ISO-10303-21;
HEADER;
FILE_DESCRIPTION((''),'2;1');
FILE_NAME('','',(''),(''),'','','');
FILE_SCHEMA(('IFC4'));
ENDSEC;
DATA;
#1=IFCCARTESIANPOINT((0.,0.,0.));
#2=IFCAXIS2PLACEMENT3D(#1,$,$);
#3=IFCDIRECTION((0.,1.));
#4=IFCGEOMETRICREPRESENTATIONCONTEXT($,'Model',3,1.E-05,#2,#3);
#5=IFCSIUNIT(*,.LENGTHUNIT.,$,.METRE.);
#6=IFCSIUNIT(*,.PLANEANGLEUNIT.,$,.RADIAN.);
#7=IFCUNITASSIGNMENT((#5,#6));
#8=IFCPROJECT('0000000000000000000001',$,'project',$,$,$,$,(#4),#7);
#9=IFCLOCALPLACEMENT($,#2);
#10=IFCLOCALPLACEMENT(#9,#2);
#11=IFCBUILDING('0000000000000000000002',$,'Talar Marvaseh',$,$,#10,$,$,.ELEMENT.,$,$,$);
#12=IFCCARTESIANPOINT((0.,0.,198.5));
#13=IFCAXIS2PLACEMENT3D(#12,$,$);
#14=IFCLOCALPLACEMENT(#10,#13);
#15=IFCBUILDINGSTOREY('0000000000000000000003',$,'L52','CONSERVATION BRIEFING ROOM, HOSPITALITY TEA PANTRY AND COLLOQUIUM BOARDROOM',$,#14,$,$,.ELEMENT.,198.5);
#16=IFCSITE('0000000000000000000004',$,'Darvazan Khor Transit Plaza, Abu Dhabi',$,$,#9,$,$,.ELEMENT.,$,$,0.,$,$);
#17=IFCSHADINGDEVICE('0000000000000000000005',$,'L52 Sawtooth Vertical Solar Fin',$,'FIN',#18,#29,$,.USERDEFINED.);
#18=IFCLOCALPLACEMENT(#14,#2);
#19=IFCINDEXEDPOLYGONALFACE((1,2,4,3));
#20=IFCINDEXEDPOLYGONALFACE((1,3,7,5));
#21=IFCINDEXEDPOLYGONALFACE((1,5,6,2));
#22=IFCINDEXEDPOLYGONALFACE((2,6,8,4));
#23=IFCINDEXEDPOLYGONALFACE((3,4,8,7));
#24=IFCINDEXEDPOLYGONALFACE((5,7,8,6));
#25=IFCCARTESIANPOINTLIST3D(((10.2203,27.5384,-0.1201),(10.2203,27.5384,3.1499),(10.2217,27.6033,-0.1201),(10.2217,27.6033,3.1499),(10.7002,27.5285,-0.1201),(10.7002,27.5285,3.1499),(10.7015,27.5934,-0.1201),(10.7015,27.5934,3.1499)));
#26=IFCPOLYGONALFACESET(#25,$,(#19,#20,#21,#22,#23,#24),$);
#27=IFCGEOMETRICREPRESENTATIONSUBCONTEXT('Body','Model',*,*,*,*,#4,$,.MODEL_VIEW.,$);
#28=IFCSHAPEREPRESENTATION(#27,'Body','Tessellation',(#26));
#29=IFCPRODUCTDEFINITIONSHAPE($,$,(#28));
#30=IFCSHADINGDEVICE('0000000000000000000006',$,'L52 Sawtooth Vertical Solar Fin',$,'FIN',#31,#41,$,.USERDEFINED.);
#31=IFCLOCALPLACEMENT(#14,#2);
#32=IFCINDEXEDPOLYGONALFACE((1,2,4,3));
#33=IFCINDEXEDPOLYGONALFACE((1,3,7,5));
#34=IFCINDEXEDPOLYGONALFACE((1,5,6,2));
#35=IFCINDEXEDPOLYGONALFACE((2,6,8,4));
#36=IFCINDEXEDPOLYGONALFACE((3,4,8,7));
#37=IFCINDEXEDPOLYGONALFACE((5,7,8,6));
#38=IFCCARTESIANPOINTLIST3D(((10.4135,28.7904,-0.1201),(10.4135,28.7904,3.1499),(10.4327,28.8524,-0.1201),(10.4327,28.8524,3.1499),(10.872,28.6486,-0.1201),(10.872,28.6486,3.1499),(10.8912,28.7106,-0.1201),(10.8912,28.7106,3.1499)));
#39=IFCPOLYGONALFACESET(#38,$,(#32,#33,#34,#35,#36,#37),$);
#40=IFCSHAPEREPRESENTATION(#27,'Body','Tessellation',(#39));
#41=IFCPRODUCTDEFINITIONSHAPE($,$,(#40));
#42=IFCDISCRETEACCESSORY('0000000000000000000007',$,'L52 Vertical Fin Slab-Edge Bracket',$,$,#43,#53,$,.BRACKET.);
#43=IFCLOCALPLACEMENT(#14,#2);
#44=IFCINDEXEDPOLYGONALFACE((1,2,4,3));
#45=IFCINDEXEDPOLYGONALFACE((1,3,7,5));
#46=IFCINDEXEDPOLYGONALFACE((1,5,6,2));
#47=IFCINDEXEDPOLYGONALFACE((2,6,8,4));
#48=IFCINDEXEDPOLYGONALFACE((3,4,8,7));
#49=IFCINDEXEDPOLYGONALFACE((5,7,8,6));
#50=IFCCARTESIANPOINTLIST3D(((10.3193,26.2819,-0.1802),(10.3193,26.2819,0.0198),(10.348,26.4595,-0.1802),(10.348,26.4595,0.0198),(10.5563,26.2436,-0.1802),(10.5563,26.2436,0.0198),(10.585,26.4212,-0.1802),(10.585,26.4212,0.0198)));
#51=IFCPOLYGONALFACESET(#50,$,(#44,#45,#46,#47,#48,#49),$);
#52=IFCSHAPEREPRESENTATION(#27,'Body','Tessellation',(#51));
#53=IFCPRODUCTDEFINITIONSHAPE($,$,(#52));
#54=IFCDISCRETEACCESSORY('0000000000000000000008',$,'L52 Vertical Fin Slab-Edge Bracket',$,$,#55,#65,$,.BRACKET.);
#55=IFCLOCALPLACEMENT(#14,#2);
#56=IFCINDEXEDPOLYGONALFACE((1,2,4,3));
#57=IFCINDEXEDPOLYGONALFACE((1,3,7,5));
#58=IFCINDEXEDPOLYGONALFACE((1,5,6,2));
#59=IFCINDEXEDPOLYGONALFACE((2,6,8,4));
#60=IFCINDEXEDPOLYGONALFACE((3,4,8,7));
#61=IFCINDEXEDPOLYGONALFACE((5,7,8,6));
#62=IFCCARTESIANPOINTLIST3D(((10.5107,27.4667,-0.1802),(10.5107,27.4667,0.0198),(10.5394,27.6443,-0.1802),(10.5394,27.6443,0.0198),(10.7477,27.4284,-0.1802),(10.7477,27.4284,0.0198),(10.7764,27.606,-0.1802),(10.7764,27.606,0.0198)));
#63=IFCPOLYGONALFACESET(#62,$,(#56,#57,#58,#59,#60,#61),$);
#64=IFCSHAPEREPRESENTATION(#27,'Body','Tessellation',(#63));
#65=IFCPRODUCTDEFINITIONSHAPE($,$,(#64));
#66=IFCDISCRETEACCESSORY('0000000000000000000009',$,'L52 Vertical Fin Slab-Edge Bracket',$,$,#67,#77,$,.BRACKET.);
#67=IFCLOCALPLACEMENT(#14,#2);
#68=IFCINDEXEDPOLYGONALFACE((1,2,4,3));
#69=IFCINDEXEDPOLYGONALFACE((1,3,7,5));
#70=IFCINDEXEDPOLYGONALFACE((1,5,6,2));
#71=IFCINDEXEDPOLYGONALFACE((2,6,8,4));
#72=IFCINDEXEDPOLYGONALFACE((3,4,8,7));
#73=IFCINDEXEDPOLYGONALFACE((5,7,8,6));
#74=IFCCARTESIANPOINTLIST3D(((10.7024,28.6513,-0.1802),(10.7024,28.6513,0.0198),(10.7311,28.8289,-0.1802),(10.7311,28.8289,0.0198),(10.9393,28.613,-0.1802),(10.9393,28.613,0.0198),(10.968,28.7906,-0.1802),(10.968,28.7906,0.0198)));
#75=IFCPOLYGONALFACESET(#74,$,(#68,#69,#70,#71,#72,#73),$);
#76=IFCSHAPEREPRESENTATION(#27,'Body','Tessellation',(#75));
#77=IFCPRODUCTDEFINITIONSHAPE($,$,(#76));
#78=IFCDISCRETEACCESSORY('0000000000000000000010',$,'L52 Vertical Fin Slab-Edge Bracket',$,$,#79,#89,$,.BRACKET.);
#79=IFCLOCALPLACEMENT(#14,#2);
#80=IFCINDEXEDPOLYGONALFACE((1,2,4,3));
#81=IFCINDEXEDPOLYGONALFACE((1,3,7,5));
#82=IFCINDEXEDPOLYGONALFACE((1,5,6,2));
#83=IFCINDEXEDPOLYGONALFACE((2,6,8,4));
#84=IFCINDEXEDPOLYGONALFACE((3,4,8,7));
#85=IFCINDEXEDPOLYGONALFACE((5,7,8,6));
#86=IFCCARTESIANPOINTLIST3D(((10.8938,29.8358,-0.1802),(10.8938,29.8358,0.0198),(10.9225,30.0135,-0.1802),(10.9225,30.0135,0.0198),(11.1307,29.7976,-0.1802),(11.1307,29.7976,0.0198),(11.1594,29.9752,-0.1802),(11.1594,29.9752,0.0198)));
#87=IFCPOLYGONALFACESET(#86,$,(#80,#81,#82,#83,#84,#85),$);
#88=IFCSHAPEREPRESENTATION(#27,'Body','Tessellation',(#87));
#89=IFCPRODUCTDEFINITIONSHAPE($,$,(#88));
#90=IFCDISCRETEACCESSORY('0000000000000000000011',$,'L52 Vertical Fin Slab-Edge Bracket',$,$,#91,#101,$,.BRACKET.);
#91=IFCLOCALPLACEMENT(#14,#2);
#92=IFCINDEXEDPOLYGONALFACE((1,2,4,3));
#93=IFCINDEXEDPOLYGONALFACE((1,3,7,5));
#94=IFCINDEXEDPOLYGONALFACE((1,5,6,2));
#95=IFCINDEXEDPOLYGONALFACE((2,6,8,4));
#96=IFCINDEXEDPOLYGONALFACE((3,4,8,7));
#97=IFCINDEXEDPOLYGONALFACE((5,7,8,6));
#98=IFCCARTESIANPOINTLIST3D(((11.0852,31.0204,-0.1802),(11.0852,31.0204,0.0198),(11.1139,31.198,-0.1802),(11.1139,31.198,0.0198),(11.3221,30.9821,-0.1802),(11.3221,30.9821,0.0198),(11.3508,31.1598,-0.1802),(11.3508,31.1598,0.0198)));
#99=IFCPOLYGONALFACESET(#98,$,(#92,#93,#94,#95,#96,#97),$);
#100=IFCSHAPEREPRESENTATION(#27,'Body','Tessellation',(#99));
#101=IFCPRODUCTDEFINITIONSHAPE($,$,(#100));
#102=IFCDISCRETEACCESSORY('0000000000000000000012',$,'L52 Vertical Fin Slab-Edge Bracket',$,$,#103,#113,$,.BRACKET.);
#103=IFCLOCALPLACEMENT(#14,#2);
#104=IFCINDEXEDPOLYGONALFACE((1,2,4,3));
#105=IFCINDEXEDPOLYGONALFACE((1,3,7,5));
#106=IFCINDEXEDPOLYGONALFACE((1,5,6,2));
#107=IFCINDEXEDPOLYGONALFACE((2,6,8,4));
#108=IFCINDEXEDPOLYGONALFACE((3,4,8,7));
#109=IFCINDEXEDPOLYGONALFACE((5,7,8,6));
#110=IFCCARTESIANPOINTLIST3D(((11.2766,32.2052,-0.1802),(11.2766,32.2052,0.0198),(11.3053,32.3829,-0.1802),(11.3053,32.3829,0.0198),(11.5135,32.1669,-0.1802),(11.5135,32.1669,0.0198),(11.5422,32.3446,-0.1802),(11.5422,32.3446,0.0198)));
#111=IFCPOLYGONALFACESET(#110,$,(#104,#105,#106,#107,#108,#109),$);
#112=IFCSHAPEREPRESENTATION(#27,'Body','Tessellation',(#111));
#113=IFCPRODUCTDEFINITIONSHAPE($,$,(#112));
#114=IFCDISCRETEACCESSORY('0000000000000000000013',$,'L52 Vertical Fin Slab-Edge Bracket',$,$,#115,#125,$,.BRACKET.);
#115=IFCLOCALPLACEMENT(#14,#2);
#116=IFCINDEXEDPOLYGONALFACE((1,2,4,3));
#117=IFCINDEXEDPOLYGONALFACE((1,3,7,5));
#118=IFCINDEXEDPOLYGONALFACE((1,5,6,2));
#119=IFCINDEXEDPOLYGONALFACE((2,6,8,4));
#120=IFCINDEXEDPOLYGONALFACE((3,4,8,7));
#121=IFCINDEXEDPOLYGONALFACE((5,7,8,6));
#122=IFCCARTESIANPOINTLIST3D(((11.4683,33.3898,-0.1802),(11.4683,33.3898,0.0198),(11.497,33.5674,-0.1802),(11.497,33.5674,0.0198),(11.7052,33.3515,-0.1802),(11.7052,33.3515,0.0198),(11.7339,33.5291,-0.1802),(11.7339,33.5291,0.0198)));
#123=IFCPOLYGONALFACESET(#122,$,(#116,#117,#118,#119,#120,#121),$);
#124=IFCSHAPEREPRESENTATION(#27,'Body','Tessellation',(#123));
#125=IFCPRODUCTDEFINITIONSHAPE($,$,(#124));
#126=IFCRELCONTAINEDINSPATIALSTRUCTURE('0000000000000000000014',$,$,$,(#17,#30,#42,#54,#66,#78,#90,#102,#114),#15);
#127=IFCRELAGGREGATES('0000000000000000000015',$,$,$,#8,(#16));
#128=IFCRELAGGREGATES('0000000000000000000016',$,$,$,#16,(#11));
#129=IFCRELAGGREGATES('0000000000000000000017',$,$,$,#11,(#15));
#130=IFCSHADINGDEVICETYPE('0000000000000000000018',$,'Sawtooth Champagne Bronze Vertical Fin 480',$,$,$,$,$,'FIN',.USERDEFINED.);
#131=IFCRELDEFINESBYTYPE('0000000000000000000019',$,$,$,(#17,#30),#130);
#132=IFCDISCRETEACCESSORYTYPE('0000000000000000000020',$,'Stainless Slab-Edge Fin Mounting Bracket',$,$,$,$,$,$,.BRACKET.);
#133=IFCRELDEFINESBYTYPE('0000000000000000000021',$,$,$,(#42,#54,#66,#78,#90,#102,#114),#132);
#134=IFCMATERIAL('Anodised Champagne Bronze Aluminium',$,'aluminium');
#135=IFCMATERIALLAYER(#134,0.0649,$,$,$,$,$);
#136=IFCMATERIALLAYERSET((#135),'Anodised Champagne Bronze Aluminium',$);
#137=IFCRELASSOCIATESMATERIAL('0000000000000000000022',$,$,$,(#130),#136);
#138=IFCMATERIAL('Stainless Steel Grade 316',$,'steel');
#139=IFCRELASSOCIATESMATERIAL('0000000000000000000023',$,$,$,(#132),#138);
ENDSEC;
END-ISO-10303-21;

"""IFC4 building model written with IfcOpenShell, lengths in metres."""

from ifc_helpers import new_model, si_unit, direction, frame, origin, origin_2d, place, context, subcontext, project, spatial, rectangle, extrude, source, transform, mapped, material, layer, layer_set, type_object, type_shapes, element, save


model = new_model("IFC4")

# Units and contexts
model_context = context("Model", 3, precision=1e-05, world=origin(), true_north=direction((0.0, 1.0)))
body_context = subcontext(model_context, "Body", "Model", "MODEL_VIEW")
ifc_project = project(units=[si_unit("LENGTHUNIT", "METRE"), si_unit("PLANEANGLEUNIT", "RADIAN")], contexts=[model_context])

# Site, building, storey
site_placement = place(None, origin())
site = spatial("IfcSite", under=ifc_project, at=site_placement, Name="Darvazan Khor Transit Plaza, Abu Dhabi", CompositionType="ELEMENT", RefElevation=0.0)
building_placement = place(site_placement, origin())
building = spatial("IfcBuilding", under=site, at=building_placement, Name="Talar Marvaseh", CompositionType="ELEMENT")
storey_placement = place(building_placement, frame((0.0, 0.0, 198.5)))
storey = spatial("IfcBuildingStorey", under=building, at=storey_placement, Name="L52", Description="CONSERVATION BRIEFING ROOM, HOSPITALITY TEA PANTRY AND COLLOQUIUM BOARDROOM", CompositionType="ELEMENT", Elevation=198.5)

# Shading devices
ifc_material_1 = material(Name="Anodised Champagne Bronze Aluminium", Category="aluminium")
ifc_layer_1 = layer(ifc_material_1, 0.0649)
ifc_layer_set_1 = layer_set([ifc_layer_1], Name="Anodised Champagne Bronze Aluminium")
shading_device_type_1 = type_object("IfcShadingDeviceType", Name="Sawtooth Champagne Bronze Vertical Fin 480", ElementType="FIN", PredefinedType="USERDEFINED", material=ifc_layer_set_1)
shared_shape_1 = source(origin(), body_context, "Body", "SweptSolid", [
    extrude(rectangle(XDim=0.48, YDim=0.0649, at=origin_2d()), origin(), (0.0, 0.0, 1.0), 3.27),
])
type_shapes(shading_device_type_1, [shared_shape_1])
for number, where, z_axis, x_axis, name in (
    (1, (10.4609, 27.5659, -0.1201), (0.0, 0.0, 1.0), (-0.999788, 0.020593, 0.0), "L52 Sawtooth Vertical Solar Fin"),
    (2, (10.6523, 28.7505, -0.1201), (0.0, 0.0, 1.0), (-0.955382, 0.295375, 0.0), "L52 Sawtooth Vertical Solar Fin"),
):
    element("IfcShadingDevice", number, at=place(storey_placement, frame(where, z_axis=z_axis, x_axis=x_axis)), inside=storey, type_object=shading_device_type_1, Name=name, ObjectType="FIN", PredefinedType="USERDEFINED", context=body_context, shape_type="MappedRepresentation", body=[
        mapped(shared_shape_1, transform((0.0, 0.0, 0.0), x_axis=(1.0, 0.0, 0.0), y_axis=(0.0, 1.0, 0.0), z_axis=(0.0, 0.0, 1.0), scale=1.0)),
    ])

# Discrete accessories
ifc_material_2 = material(Name="Stainless Steel Grade 316", Category="steel")
discrete_accessory_type = type_object("IfcDiscreteAccessoryType", Name="Stainless Slab-Edge Fin Mounting Bracket", PredefinedType="BRACKET", material=ifc_material_2)
shared_shape_2 = source(origin(), body_context, "Body", "SweptSolid", [
    extrude(rectangle(XDim=0.24, YDim=0.1799, at=origin_2d()), origin(), (0.0, 0.0, 1.0), 0.2),
])
type_shapes(discrete_accessory_type, [shared_shape_2])
for number, where, z_axis, x_axis, name in (
    (3, (10.4521, 26.3516, -0.1802), (0.0, 0.0, 1.0), (-0.987192, 0.159537, 0.0), "L52 Vertical Fin Slab-Edge Bracket"),
    (4, (10.6436, 27.5364, -0.1802), (0.0, 0.0, 1.0), (-0.987192, 0.159537, 0.0), "L52 Vertical Fin Slab-Edge Bracket"),
    (5, (10.8352, 28.7209, -0.1802), (0.0, 0.0, 1.0), (-0.987192, 0.159537, 0.0), "L52 Vertical Fin Slab-Edge Bracket"),
    (6, (11.0266, 29.9055, -0.1802), (0.0, 0.0, 1.0), (-0.987192, 0.159537, 0.0), "L52 Vertical Fin Slab-Edge Bracket"),
    (7, (11.218, 31.0901, -0.1802), (0.0, 0.0, 1.0), (-0.987192, 0.159537, 0.0), "L52 Vertical Fin Slab-Edge Bracket"),
    (8, (11.4094, 32.2749, -0.1802), (0.0, 0.0, 1.0), (-0.987192, 0.159537, 0.0), "L52 Vertical Fin Slab-Edge Bracket"),
    (9, (11.6011, 33.4595, -0.1802), (0.0, 0.0, 1.0), (-0.987192, 0.159537, 0.0), "L52 Vertical Fin Slab-Edge Bracket"),
):
    element("IfcDiscreteAccessory", number, at=place(storey_placement, frame(where, z_axis=z_axis, x_axis=x_axis)), inside=storey, type_object=discrete_accessory_type, Name=name, PredefinedType="BRACKET", context=body_context, shape_type="MappedRepresentation", body=[
        mapped(shared_shape_2, transform((0.0, 0.0, 0.0), x_axis=(1.0, 0.0, 0.0), y_axis=(0.0, 1.0, 0.0), z_axis=(0.0, 0.0, 1.0), scale=1.0)),
    ])

save(model, "model.ifc")
